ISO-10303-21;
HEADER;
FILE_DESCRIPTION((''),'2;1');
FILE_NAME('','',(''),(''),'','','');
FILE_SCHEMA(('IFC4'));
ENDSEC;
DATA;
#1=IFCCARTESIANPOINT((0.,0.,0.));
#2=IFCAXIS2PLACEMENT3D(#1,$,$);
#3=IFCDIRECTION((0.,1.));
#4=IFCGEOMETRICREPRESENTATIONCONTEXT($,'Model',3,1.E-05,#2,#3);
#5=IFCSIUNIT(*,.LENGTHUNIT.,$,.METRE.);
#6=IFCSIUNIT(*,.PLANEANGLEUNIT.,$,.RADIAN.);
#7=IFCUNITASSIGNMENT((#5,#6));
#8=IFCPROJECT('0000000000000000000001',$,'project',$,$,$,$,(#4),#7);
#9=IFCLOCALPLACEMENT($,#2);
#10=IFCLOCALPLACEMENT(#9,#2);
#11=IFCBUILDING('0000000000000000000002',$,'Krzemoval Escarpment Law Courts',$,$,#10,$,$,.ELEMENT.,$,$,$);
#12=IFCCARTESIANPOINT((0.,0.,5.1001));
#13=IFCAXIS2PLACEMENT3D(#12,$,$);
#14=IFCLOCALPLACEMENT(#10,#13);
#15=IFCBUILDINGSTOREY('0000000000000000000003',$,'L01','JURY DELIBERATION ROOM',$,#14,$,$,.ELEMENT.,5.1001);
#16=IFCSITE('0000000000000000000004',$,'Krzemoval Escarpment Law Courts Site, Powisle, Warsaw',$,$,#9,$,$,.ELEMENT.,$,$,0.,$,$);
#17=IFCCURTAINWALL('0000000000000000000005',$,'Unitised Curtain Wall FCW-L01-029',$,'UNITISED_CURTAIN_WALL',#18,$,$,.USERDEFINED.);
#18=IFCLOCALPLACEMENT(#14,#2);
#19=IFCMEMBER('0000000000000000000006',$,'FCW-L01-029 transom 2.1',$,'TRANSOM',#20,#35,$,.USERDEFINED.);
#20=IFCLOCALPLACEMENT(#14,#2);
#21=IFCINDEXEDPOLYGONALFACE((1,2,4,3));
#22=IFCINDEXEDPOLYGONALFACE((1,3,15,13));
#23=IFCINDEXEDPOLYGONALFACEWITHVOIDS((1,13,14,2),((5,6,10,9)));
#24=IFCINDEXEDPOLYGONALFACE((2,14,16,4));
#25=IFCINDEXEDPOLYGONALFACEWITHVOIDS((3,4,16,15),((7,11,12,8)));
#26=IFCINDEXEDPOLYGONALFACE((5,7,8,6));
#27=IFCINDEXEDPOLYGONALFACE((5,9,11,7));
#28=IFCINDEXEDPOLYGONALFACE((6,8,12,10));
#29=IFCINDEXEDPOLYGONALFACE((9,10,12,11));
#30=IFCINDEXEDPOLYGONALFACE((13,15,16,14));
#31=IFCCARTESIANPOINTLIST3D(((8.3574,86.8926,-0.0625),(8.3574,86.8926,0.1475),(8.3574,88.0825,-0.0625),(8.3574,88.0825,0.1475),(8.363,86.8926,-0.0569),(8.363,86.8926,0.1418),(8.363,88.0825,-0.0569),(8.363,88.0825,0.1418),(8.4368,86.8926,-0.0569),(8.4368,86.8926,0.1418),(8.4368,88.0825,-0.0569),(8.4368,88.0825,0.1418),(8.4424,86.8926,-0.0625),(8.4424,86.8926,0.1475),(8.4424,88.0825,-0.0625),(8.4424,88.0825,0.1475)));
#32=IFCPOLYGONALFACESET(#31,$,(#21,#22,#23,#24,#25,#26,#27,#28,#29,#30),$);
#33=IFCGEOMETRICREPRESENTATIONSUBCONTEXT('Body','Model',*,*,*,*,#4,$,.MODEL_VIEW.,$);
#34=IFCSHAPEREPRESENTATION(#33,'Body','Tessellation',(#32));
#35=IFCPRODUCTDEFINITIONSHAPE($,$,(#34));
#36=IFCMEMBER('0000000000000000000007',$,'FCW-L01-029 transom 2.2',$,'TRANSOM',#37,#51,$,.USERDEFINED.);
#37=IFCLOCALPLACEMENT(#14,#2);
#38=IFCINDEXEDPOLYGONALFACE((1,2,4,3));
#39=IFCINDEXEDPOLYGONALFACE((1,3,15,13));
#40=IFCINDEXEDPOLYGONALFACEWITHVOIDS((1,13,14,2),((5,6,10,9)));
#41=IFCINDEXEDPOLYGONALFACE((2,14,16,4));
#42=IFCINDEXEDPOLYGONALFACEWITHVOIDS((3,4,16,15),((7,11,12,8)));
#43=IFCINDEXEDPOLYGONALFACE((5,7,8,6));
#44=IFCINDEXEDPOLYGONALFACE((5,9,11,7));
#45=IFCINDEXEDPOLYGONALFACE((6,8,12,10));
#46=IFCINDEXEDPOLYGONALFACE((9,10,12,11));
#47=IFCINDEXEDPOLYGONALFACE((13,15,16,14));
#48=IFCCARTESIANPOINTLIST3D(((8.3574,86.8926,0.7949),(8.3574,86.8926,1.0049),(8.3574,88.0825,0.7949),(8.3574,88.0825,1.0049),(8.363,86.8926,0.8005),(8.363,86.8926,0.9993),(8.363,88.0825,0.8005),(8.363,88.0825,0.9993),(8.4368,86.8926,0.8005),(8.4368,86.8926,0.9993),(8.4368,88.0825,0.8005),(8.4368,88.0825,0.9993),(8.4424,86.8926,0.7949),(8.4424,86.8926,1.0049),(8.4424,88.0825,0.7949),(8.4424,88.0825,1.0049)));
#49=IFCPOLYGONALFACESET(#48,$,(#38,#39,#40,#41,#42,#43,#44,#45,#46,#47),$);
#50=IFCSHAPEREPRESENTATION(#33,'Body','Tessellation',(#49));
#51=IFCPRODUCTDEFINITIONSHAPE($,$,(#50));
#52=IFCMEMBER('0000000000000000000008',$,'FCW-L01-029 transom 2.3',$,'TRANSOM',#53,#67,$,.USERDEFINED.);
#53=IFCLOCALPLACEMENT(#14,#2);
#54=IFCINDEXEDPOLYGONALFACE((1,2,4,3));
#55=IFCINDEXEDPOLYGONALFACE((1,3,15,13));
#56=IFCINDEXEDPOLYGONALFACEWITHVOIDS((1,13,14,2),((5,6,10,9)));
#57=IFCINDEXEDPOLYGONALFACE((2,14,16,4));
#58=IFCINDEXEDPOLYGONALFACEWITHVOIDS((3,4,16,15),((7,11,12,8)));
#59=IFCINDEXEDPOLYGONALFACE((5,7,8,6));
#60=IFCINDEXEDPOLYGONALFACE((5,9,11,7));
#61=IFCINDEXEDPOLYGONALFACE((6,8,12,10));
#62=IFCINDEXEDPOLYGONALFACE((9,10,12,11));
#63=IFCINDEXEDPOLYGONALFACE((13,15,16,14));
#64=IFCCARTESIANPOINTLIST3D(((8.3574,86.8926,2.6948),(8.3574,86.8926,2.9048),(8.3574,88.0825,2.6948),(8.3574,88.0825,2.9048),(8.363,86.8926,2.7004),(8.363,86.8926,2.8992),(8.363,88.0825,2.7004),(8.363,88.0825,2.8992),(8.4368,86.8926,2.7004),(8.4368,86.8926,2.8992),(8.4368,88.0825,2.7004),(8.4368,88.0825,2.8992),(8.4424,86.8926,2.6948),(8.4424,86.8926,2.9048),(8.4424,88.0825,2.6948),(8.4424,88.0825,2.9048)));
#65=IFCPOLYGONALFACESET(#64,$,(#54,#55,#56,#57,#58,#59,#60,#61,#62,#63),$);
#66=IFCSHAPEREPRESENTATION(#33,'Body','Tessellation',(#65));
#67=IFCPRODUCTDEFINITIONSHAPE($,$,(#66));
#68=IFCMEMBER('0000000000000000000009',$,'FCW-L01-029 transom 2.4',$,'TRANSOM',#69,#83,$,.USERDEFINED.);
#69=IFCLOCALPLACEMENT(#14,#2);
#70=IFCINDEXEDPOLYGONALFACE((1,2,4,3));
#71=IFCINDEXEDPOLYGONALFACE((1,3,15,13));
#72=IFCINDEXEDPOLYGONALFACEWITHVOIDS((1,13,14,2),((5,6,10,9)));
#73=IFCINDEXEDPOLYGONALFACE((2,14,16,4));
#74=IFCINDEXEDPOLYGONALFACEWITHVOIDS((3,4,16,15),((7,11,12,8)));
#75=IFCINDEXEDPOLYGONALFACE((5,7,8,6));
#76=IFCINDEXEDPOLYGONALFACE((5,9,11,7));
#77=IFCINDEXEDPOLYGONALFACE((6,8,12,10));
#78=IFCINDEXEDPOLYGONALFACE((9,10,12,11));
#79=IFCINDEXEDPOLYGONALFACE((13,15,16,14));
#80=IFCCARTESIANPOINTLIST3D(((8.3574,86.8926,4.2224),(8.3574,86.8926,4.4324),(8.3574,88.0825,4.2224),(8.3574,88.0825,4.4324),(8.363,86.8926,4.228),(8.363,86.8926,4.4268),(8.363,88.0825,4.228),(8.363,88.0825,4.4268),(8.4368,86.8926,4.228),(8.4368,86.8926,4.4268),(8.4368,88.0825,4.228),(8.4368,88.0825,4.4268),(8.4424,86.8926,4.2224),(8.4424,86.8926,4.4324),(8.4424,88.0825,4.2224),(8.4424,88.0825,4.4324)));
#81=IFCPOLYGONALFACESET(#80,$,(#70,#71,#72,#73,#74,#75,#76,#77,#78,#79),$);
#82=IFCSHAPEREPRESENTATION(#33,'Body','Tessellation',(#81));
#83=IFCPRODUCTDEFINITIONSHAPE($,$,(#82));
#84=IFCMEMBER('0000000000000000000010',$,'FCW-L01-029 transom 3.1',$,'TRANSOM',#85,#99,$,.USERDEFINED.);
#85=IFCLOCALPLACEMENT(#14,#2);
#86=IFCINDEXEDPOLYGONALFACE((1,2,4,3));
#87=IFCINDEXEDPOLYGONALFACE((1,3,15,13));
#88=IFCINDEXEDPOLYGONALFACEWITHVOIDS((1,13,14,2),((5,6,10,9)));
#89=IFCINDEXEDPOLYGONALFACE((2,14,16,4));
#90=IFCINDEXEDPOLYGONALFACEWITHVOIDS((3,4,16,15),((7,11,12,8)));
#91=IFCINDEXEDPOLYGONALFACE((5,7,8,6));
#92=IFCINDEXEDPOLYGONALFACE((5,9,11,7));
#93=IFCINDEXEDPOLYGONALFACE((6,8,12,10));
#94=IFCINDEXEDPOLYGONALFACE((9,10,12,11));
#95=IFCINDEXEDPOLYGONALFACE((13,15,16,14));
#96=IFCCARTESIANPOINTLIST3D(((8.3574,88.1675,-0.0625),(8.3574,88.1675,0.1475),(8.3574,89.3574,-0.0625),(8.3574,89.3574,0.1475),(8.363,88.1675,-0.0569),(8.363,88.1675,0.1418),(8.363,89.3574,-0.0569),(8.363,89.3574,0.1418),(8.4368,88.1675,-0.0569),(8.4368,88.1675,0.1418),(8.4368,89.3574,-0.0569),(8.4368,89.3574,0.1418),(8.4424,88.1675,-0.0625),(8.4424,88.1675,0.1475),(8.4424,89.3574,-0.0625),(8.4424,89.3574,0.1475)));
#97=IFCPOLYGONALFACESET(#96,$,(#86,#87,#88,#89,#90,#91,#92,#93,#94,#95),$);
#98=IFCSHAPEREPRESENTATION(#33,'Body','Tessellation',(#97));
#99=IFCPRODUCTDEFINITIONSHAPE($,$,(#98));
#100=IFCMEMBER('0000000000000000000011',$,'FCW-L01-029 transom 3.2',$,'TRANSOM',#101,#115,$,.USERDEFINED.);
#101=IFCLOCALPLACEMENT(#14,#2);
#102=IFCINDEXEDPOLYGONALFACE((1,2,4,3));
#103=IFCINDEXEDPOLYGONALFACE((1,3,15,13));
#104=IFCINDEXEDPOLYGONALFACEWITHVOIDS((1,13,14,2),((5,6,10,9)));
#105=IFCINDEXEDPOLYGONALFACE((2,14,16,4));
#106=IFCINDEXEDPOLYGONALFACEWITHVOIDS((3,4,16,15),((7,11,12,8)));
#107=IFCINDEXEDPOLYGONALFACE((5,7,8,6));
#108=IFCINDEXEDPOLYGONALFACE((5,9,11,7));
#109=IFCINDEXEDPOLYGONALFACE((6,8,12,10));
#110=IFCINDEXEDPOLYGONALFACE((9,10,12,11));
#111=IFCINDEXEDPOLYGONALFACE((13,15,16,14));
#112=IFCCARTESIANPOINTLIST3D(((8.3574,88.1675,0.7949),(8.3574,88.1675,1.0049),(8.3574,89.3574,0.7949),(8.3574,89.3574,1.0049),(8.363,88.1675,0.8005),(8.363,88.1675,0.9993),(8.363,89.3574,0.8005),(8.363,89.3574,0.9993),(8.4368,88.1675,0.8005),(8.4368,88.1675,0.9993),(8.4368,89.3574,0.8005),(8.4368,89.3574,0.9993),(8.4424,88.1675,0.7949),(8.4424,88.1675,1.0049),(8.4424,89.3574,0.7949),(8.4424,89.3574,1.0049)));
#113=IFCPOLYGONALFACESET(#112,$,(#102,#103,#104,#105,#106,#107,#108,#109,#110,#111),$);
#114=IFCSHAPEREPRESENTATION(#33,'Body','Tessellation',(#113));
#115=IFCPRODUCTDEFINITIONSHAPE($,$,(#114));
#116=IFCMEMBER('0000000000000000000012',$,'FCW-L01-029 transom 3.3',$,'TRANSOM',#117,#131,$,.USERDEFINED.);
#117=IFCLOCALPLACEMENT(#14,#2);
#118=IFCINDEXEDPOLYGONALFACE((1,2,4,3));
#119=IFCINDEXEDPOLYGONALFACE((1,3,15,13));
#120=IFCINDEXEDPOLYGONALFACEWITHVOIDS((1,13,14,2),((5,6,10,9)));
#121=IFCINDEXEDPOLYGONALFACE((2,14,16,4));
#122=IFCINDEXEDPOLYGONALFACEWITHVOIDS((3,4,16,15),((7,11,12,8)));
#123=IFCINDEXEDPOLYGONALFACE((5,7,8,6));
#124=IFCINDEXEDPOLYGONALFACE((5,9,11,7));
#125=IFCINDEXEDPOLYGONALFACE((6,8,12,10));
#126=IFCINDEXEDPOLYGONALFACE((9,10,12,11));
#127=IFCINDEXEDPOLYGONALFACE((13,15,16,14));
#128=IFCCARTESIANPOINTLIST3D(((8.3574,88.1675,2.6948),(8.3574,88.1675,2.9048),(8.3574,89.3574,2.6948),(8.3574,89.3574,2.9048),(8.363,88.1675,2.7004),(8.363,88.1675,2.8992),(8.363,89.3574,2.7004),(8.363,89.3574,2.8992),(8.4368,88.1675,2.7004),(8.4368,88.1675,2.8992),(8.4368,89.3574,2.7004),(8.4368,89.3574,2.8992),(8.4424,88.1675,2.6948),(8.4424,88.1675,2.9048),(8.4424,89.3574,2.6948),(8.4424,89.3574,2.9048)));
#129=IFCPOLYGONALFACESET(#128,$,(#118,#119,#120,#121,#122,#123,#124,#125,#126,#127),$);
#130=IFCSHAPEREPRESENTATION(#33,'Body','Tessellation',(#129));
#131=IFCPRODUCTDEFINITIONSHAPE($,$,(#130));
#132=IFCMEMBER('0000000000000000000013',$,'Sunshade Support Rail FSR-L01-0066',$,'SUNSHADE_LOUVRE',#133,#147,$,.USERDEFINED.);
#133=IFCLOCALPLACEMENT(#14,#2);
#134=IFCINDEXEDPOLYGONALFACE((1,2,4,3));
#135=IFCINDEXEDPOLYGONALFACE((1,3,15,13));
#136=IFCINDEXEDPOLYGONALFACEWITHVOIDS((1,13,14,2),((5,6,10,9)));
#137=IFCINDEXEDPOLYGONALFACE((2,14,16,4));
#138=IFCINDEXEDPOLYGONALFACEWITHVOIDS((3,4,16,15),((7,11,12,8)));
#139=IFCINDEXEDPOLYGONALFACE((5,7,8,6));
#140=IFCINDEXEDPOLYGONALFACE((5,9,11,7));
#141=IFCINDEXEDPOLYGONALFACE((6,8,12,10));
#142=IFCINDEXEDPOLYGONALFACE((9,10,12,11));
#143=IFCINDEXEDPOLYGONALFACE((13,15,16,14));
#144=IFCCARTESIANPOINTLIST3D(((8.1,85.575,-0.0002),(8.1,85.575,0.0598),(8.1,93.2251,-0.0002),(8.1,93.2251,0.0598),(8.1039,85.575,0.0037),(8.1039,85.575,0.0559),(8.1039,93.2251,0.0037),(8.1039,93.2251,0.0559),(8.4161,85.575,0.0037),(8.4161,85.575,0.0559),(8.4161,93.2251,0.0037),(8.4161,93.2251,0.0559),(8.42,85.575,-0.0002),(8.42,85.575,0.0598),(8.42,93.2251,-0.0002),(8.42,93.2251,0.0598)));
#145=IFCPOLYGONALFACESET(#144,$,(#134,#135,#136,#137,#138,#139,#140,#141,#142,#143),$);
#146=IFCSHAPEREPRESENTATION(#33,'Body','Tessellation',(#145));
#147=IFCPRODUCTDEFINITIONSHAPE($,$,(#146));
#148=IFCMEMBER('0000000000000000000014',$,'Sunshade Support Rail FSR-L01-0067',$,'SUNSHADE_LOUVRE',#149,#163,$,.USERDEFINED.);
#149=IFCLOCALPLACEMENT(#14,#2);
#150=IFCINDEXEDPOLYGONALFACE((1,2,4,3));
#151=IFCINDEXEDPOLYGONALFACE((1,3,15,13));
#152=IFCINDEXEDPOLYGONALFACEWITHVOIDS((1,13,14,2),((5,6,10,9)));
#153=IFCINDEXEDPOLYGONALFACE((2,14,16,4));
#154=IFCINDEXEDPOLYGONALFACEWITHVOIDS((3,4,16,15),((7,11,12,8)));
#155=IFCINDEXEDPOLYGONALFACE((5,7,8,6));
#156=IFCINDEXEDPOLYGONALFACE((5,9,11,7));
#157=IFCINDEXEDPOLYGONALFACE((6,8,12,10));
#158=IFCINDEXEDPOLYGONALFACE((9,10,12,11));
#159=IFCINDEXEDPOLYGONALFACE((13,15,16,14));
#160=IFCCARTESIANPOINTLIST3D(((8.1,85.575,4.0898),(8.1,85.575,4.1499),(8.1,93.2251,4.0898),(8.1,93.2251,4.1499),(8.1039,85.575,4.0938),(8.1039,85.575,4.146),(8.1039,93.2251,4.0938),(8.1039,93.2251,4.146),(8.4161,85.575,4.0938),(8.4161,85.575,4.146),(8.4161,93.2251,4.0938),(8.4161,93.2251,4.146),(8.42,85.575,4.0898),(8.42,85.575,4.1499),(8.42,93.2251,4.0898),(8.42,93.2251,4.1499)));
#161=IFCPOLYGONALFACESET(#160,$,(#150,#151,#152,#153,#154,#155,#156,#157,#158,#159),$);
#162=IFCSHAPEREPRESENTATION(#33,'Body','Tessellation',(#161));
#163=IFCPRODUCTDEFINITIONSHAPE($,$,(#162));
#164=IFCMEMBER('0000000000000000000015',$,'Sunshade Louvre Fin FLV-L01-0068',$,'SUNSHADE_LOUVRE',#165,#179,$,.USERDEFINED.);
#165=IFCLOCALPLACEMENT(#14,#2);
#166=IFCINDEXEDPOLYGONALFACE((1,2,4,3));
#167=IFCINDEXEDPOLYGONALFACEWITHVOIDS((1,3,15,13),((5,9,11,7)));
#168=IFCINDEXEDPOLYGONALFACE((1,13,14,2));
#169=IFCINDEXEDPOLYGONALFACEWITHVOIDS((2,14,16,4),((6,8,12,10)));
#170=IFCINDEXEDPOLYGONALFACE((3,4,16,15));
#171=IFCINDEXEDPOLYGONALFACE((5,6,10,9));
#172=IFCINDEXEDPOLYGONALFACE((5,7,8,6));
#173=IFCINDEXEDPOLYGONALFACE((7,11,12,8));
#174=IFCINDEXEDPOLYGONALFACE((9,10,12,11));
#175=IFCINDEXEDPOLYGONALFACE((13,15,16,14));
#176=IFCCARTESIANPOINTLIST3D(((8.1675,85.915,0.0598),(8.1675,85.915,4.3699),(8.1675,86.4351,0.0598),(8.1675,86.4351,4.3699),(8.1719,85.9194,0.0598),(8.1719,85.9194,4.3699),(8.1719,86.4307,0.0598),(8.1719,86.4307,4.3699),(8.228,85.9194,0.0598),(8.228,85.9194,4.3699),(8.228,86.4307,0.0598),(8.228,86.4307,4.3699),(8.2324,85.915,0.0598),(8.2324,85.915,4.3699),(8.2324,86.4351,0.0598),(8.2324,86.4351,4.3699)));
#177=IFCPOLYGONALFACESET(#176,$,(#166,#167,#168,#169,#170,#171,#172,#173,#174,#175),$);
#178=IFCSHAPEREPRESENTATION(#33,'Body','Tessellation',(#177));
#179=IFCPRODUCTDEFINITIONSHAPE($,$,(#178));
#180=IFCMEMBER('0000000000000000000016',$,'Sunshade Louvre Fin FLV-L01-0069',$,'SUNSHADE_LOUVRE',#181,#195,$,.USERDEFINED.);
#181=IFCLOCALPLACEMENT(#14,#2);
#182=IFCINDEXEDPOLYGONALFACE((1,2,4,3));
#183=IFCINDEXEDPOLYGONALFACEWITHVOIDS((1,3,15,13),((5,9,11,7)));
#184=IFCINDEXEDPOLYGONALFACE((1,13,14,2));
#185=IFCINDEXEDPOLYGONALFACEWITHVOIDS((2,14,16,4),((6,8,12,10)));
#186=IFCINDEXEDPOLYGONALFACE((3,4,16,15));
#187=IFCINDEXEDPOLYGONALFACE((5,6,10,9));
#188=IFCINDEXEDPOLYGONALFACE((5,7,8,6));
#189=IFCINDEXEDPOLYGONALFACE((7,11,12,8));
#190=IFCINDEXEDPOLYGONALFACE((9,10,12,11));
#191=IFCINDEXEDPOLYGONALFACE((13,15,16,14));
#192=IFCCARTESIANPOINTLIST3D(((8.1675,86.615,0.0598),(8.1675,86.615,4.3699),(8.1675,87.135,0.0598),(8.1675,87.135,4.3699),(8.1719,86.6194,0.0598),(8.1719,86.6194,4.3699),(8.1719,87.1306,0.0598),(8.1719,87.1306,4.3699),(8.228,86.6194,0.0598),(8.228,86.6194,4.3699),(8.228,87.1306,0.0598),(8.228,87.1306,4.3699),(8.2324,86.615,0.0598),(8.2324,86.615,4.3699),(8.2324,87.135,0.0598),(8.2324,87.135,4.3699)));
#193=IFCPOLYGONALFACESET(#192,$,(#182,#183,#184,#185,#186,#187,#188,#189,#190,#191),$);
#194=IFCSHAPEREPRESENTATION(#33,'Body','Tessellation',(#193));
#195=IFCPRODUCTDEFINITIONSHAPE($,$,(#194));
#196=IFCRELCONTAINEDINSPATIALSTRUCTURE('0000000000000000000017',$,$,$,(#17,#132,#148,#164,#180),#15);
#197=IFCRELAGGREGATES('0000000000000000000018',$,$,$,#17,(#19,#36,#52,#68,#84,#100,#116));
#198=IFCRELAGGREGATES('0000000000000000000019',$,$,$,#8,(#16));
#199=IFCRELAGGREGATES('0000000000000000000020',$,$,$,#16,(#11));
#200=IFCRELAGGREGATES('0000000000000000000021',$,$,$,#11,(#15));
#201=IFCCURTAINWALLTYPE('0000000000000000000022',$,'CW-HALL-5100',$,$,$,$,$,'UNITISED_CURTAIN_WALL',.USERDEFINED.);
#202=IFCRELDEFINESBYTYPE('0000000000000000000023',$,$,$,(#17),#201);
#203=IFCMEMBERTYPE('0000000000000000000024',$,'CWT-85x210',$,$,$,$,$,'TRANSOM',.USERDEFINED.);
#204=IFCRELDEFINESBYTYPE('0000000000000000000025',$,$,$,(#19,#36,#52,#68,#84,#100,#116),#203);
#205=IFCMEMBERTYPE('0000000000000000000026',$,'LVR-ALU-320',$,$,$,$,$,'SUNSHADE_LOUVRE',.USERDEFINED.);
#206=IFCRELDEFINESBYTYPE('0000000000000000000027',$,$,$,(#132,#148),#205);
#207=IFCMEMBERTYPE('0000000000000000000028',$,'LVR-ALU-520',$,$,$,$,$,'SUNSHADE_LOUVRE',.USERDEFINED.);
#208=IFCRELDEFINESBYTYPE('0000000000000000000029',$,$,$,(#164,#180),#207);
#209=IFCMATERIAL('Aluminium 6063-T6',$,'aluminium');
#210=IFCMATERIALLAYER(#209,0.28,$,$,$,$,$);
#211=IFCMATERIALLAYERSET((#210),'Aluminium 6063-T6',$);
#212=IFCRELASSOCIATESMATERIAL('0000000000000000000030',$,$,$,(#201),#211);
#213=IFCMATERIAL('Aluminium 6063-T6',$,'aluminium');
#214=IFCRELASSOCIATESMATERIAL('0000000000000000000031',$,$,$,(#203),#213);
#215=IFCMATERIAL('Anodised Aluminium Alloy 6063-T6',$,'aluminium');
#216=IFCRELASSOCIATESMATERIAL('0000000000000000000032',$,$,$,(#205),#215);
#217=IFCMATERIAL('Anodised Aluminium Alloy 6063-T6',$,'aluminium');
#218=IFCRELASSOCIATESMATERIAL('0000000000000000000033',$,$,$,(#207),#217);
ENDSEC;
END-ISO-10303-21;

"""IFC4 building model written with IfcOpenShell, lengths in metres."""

from ifc_helpers import new_model, si_unit, direction, frame, origin, origin_2d, place, context, subcontext, project, spatial, hollow_rectangle, extrude, material, layer, layer_set, material_profile, profile_set, type_object, element, aggregate, save


model = new_model("IFC4")

# Units and contexts
model_context = context("Model", 3, precision=1e-05, world=origin(), true_north=direction((0.0, 1.0)))
body_context = subcontext(model_context, "Body", "Model", "MODEL_VIEW")
ifc_project = project(units=[si_unit("LENGTHUNIT", "METRE"), si_unit("PLANEANGLEUNIT", "RADIAN")], contexts=[model_context])

# Site, building, storey
site_placement = place(None, origin())
site = spatial("IfcSite", under=ifc_project, at=site_placement, Name="Krzemoval Escarpment Law Courts Site, Powisle, Warsaw", CompositionType="ELEMENT", RefElevation=0.0)
building_placement = place(site_placement, origin())
building = spatial("IfcBuilding", under=site, at=building_placement, Name="Krzemoval Escarpment Law Courts", CompositionType="ELEMENT")
storey_placement = place(building_placement, frame((0.0, 0.0, 5.1001)))
storey = spatial("IfcBuildingStorey", under=building, at=storey_placement, Name="L01", Description="JURY DELIBERATION ROOM", CompositionType="ELEMENT", Elevation=5.1001)

# Shared definitions
ifc_material_1 = material(Name="Aluminium 6063-T6", Category="aluminium")
ifc_layer_1 = layer(ifc_material_1, 0.28)
ifc_layer_set_1 = layer_set([ifc_layer_1], Name="Aluminium 6063-T6")
curtain_wall_type = type_object("IfcCurtainWallType", Name="CW-HALL-5100", ElementType="UNITISED_CURTAIN_WALL", PredefinedType="USERDEFINED", material=ifc_layer_set_1)

# Curtain wall, members
curtain_wall_1_placement = place(storey_placement, origin())
curtain_wall_1 = element("IfcCurtainWall", 1, at=curtain_wall_1_placement, inside=storey, type_object=curtain_wall_type, Name="Unitised Curtain Wall FCW-L01-029", ObjectType="UNITISED_CURTAIN_WALL", PredefinedType="USERDEFINED")
ifc_material_2 = material(Name="Aluminium 6063-T6", Category="aluminium")
ifc_material_profile_1 = material_profile(ifc_material_2, hollow_rectangle(XDim=0.085, YDim=0.21, WallThickness=0.0056, at=origin_2d()), Name="ALU T85x210")
ifc_profile_set_1 = profile_set([ifc_material_profile_1], Name="Aluminium 6063-T6")
member_type_1 = type_object("IfcMemberType", Name="CWT-85x210", ElementType="TRANSOM", PredefinedType="USERDEFINED", material=ifc_profile_set_1)
member_1_placement = place(storey_placement, frame((8.3999, 86.8926, 0.0425), z_axis=(0.0, 1.0, 0.0), x_axis=(-1.0, 0.0, 0.0)))
member_1 = element("IfcMember", 2, at=member_1_placement, type_object=member_type_1, Name="FCW-L01-029 transom 2.1", ObjectType="TRANSOM", PredefinedType="USERDEFINED", context=body_context, shape_type="SweptSolid", body=[
    extrude(hollow_rectangle(XDim=0.085, YDim=0.21, WallThickness=0.0056, at=origin_2d()), origin(), (0.0, 0.0, 1.0), 1.1899),
])
member_2_placement = place(storey_placement, frame((8.3999, 86.8926, 0.8999), z_axis=(0.0, 1.0, 0.0), x_axis=(-1.0, 0.0, 0.0)))
member_2 = element("IfcMember", 3, at=member_2_placement, type_object=member_type_1, Name="FCW-L01-029 transom 2.2", ObjectType="TRANSOM", PredefinedType="USERDEFINED", context=body_context, shape_type="SweptSolid", body=[
    extrude(hollow_rectangle(XDim=0.085, YDim=0.21, WallThickness=0.0056, at=origin_2d()), origin(), (0.0, 0.0, 1.0), 1.1899),
])
member_3_placement = place(storey_placement, frame((8.3999, 86.8926, 2.7998), z_axis=(0.0, 1.0, 0.0), x_axis=(-1.0, 0.0, 0.0)))
member_3 = element("IfcMember", 4, at=member_3_placement, type_object=member_type_1, Name="FCW-L01-029 transom 2.3", ObjectType="TRANSOM", PredefinedType="USERDEFINED", context=body_context, shape_type="SweptSolid", body=[
    extrude(hollow_rectangle(XDim=0.085, YDim=0.21, WallThickness=0.0056, at=origin_2d()), origin(), (0.0, 0.0, 1.0), 1.1899),
])
member_4_placement = place(storey_placement, frame((8.3999, 86.8926, 4.3274), z_axis=(0.0, 1.0, 0.0), x_axis=(-1.0, 0.0, 0.0)))
member_4 = element("IfcMember", 5, at=member_4_placement, type_object=member_type_1, Name="FCW-L01-029 transom 2.4", ObjectType="TRANSOM", PredefinedType="USERDEFINED", context=body_context, shape_type="SweptSolid", body=[
    extrude(hollow_rectangle(XDim=0.085, YDim=0.21, WallThickness=0.0056, at=origin_2d()), origin(), (0.0, 0.0, 1.0), 1.1899),
])
member_5_placement = place(storey_placement, frame((8.3999, 88.1675, 0.0425), z_axis=(0.0, 1.0, 0.0), x_axis=(-1.0, 0.0, 0.0)))
member_5 = element("IfcMember", 6, at=member_5_placement, type_object=member_type_1, Name="FCW-L01-029 transom 3.1", ObjectType="TRANSOM", PredefinedType="USERDEFINED", context=body_context, shape_type="SweptSolid", body=[
    extrude(hollow_rectangle(XDim=0.085, YDim=0.21, WallThickness=0.0056, at=origin_2d()), origin(), (0.0, 0.0, 1.0), 1.1899),
])
member_6_placement = place(storey_placement, frame((8.3999, 88.1675, 0.8999), z_axis=(0.0, 1.0, 0.0), x_axis=(-1.0, 0.0, 0.0)))
member_6 = element("IfcMember", 7, at=member_6_placement, type_object=member_type_1, Name="FCW-L01-029 transom 3.2", ObjectType="TRANSOM", PredefinedType="USERDEFINED", context=body_context, shape_type="SweptSolid", body=[
    extrude(hollow_rectangle(XDim=0.085, YDim=0.21, WallThickness=0.0056, at=origin_2d()), origin(), (0.0, 0.0, 1.0), 1.1899),
])
member_7_placement = place(storey_placement, frame((8.3999, 88.1675, 2.7998), z_axis=(0.0, 1.0, 0.0), x_axis=(-1.0, 0.0, 0.0)))
member_7 = element("IfcMember", 8, at=member_7_placement, type_object=member_type_1, Name="FCW-L01-029 transom 3.3", ObjectType="TRANSOM", PredefinedType="USERDEFINED", context=body_context, shape_type="SweptSolid", body=[
    extrude(hollow_rectangle(XDim=0.085, YDim=0.21, WallThickness=0.0056, at=origin_2d()), origin(), (0.0, 0.0, 1.0), 1.1899),
])

# Members
ifc_material_3 = material(Name="Anodised Aluminium Alloy 6063-T6", Category="aluminium")
ifc_material_profile_2 = material_profile(ifc_material_3, hollow_rectangle(XDim=0.0601, YDim=0.3201, WallThickness=0.0039, at=origin_2d()), Name="ALU LVR 60x320")
ifc_profile_set_2 = profile_set([ifc_material_profile_2], Name="Anodised Aluminium Alloy 6063-T6")
member_type_2 = type_object("IfcMemberType", Name="LVR-ALU-320", ElementType="SUNSHADE_LOUVRE", PredefinedType="USERDEFINED", material=ifc_profile_set_2)
for number, where, z_axis, x_axis, name in (
    (9, (8.26, 85.575, 0.0298), (0.0, 1.0, 0.0), (0.0, 0.0, 1.0), "Sunshade Support Rail FSR-L01-0066"),
    (10, (8.26, 85.575, 4.1199), (0.0, 1.0, 0.0), (0.0, 0.0, 1.0), "Sunshade Support Rail FSR-L01-0067"),
):
    element("IfcMember", number, at=place(storey_placement, frame(where, z_axis=z_axis, x_axis=x_axis)), inside=storey, type_object=member_type_2, Name=name, ObjectType="SUNSHADE_LOUVRE", PredefinedType="USERDEFINED", context=body_context, shape_type="SweptSolid", body=[
        extrude(hollow_rectangle(XDim=0.0601, YDim=0.3201, WallThickness=0.0039, at=origin_2d()), origin(), (0.0, 0.0, 1.0), 7.6501),
    ])
ifc_material_4 = material(Name="Anodised Aluminium Alloy 6063-T6", Category="aluminium")
ifc_material_profile_3 = material_profile(ifc_material_4, hollow_rectangle(XDim=0.0649, YDim=0.52, WallThickness=0.0044, at=origin_2d()), Name="ALU LVR 65x520")
ifc_profile_set_3 = profile_set([ifc_material_profile_3], Name="Anodised Aluminium Alloy 6063-T6")
member_type_3 = type_object("IfcMemberType", Name="LVR-ALU-520", ElementType="SUNSHADE_LOUVRE", PredefinedType="USERDEFINED", material=ifc_profile_set_3)
for number, where, z_axis, x_axis, name in (
    (11, (8.2, 86.175, 0.0598), (0.0, 0.0, 1.0), (1.0, 0.0, 0.0), "Sunshade Louvre Fin FLV-L01-0068"),
    (12, (8.2, 86.875, 0.0598), (0.0, 0.0, 1.0), (1.0, 0.0, 0.0), "Sunshade Louvre Fin FLV-L01-0069"),
):
    element("IfcMember", number, at=place(storey_placement, frame(where, z_axis=z_axis, x_axis=x_axis)), inside=storey, type_object=member_type_3, Name=name, ObjectType="SUNSHADE_LOUVRE", PredefinedType="USERDEFINED", context=body_context, shape_type="SweptSolid", body=[
        extrude(hollow_rectangle(XDim=0.0649, YDim=0.52, WallThickness=0.0044, at=origin_2d()), origin(), (0.0, 0.0, 1.0), 4.3101),
    ])

aggregate(curtain_wall_1, [member_1, member_2, member_3, member_4, member_5, member_6, member_7])

save(model, "model.ifc")
